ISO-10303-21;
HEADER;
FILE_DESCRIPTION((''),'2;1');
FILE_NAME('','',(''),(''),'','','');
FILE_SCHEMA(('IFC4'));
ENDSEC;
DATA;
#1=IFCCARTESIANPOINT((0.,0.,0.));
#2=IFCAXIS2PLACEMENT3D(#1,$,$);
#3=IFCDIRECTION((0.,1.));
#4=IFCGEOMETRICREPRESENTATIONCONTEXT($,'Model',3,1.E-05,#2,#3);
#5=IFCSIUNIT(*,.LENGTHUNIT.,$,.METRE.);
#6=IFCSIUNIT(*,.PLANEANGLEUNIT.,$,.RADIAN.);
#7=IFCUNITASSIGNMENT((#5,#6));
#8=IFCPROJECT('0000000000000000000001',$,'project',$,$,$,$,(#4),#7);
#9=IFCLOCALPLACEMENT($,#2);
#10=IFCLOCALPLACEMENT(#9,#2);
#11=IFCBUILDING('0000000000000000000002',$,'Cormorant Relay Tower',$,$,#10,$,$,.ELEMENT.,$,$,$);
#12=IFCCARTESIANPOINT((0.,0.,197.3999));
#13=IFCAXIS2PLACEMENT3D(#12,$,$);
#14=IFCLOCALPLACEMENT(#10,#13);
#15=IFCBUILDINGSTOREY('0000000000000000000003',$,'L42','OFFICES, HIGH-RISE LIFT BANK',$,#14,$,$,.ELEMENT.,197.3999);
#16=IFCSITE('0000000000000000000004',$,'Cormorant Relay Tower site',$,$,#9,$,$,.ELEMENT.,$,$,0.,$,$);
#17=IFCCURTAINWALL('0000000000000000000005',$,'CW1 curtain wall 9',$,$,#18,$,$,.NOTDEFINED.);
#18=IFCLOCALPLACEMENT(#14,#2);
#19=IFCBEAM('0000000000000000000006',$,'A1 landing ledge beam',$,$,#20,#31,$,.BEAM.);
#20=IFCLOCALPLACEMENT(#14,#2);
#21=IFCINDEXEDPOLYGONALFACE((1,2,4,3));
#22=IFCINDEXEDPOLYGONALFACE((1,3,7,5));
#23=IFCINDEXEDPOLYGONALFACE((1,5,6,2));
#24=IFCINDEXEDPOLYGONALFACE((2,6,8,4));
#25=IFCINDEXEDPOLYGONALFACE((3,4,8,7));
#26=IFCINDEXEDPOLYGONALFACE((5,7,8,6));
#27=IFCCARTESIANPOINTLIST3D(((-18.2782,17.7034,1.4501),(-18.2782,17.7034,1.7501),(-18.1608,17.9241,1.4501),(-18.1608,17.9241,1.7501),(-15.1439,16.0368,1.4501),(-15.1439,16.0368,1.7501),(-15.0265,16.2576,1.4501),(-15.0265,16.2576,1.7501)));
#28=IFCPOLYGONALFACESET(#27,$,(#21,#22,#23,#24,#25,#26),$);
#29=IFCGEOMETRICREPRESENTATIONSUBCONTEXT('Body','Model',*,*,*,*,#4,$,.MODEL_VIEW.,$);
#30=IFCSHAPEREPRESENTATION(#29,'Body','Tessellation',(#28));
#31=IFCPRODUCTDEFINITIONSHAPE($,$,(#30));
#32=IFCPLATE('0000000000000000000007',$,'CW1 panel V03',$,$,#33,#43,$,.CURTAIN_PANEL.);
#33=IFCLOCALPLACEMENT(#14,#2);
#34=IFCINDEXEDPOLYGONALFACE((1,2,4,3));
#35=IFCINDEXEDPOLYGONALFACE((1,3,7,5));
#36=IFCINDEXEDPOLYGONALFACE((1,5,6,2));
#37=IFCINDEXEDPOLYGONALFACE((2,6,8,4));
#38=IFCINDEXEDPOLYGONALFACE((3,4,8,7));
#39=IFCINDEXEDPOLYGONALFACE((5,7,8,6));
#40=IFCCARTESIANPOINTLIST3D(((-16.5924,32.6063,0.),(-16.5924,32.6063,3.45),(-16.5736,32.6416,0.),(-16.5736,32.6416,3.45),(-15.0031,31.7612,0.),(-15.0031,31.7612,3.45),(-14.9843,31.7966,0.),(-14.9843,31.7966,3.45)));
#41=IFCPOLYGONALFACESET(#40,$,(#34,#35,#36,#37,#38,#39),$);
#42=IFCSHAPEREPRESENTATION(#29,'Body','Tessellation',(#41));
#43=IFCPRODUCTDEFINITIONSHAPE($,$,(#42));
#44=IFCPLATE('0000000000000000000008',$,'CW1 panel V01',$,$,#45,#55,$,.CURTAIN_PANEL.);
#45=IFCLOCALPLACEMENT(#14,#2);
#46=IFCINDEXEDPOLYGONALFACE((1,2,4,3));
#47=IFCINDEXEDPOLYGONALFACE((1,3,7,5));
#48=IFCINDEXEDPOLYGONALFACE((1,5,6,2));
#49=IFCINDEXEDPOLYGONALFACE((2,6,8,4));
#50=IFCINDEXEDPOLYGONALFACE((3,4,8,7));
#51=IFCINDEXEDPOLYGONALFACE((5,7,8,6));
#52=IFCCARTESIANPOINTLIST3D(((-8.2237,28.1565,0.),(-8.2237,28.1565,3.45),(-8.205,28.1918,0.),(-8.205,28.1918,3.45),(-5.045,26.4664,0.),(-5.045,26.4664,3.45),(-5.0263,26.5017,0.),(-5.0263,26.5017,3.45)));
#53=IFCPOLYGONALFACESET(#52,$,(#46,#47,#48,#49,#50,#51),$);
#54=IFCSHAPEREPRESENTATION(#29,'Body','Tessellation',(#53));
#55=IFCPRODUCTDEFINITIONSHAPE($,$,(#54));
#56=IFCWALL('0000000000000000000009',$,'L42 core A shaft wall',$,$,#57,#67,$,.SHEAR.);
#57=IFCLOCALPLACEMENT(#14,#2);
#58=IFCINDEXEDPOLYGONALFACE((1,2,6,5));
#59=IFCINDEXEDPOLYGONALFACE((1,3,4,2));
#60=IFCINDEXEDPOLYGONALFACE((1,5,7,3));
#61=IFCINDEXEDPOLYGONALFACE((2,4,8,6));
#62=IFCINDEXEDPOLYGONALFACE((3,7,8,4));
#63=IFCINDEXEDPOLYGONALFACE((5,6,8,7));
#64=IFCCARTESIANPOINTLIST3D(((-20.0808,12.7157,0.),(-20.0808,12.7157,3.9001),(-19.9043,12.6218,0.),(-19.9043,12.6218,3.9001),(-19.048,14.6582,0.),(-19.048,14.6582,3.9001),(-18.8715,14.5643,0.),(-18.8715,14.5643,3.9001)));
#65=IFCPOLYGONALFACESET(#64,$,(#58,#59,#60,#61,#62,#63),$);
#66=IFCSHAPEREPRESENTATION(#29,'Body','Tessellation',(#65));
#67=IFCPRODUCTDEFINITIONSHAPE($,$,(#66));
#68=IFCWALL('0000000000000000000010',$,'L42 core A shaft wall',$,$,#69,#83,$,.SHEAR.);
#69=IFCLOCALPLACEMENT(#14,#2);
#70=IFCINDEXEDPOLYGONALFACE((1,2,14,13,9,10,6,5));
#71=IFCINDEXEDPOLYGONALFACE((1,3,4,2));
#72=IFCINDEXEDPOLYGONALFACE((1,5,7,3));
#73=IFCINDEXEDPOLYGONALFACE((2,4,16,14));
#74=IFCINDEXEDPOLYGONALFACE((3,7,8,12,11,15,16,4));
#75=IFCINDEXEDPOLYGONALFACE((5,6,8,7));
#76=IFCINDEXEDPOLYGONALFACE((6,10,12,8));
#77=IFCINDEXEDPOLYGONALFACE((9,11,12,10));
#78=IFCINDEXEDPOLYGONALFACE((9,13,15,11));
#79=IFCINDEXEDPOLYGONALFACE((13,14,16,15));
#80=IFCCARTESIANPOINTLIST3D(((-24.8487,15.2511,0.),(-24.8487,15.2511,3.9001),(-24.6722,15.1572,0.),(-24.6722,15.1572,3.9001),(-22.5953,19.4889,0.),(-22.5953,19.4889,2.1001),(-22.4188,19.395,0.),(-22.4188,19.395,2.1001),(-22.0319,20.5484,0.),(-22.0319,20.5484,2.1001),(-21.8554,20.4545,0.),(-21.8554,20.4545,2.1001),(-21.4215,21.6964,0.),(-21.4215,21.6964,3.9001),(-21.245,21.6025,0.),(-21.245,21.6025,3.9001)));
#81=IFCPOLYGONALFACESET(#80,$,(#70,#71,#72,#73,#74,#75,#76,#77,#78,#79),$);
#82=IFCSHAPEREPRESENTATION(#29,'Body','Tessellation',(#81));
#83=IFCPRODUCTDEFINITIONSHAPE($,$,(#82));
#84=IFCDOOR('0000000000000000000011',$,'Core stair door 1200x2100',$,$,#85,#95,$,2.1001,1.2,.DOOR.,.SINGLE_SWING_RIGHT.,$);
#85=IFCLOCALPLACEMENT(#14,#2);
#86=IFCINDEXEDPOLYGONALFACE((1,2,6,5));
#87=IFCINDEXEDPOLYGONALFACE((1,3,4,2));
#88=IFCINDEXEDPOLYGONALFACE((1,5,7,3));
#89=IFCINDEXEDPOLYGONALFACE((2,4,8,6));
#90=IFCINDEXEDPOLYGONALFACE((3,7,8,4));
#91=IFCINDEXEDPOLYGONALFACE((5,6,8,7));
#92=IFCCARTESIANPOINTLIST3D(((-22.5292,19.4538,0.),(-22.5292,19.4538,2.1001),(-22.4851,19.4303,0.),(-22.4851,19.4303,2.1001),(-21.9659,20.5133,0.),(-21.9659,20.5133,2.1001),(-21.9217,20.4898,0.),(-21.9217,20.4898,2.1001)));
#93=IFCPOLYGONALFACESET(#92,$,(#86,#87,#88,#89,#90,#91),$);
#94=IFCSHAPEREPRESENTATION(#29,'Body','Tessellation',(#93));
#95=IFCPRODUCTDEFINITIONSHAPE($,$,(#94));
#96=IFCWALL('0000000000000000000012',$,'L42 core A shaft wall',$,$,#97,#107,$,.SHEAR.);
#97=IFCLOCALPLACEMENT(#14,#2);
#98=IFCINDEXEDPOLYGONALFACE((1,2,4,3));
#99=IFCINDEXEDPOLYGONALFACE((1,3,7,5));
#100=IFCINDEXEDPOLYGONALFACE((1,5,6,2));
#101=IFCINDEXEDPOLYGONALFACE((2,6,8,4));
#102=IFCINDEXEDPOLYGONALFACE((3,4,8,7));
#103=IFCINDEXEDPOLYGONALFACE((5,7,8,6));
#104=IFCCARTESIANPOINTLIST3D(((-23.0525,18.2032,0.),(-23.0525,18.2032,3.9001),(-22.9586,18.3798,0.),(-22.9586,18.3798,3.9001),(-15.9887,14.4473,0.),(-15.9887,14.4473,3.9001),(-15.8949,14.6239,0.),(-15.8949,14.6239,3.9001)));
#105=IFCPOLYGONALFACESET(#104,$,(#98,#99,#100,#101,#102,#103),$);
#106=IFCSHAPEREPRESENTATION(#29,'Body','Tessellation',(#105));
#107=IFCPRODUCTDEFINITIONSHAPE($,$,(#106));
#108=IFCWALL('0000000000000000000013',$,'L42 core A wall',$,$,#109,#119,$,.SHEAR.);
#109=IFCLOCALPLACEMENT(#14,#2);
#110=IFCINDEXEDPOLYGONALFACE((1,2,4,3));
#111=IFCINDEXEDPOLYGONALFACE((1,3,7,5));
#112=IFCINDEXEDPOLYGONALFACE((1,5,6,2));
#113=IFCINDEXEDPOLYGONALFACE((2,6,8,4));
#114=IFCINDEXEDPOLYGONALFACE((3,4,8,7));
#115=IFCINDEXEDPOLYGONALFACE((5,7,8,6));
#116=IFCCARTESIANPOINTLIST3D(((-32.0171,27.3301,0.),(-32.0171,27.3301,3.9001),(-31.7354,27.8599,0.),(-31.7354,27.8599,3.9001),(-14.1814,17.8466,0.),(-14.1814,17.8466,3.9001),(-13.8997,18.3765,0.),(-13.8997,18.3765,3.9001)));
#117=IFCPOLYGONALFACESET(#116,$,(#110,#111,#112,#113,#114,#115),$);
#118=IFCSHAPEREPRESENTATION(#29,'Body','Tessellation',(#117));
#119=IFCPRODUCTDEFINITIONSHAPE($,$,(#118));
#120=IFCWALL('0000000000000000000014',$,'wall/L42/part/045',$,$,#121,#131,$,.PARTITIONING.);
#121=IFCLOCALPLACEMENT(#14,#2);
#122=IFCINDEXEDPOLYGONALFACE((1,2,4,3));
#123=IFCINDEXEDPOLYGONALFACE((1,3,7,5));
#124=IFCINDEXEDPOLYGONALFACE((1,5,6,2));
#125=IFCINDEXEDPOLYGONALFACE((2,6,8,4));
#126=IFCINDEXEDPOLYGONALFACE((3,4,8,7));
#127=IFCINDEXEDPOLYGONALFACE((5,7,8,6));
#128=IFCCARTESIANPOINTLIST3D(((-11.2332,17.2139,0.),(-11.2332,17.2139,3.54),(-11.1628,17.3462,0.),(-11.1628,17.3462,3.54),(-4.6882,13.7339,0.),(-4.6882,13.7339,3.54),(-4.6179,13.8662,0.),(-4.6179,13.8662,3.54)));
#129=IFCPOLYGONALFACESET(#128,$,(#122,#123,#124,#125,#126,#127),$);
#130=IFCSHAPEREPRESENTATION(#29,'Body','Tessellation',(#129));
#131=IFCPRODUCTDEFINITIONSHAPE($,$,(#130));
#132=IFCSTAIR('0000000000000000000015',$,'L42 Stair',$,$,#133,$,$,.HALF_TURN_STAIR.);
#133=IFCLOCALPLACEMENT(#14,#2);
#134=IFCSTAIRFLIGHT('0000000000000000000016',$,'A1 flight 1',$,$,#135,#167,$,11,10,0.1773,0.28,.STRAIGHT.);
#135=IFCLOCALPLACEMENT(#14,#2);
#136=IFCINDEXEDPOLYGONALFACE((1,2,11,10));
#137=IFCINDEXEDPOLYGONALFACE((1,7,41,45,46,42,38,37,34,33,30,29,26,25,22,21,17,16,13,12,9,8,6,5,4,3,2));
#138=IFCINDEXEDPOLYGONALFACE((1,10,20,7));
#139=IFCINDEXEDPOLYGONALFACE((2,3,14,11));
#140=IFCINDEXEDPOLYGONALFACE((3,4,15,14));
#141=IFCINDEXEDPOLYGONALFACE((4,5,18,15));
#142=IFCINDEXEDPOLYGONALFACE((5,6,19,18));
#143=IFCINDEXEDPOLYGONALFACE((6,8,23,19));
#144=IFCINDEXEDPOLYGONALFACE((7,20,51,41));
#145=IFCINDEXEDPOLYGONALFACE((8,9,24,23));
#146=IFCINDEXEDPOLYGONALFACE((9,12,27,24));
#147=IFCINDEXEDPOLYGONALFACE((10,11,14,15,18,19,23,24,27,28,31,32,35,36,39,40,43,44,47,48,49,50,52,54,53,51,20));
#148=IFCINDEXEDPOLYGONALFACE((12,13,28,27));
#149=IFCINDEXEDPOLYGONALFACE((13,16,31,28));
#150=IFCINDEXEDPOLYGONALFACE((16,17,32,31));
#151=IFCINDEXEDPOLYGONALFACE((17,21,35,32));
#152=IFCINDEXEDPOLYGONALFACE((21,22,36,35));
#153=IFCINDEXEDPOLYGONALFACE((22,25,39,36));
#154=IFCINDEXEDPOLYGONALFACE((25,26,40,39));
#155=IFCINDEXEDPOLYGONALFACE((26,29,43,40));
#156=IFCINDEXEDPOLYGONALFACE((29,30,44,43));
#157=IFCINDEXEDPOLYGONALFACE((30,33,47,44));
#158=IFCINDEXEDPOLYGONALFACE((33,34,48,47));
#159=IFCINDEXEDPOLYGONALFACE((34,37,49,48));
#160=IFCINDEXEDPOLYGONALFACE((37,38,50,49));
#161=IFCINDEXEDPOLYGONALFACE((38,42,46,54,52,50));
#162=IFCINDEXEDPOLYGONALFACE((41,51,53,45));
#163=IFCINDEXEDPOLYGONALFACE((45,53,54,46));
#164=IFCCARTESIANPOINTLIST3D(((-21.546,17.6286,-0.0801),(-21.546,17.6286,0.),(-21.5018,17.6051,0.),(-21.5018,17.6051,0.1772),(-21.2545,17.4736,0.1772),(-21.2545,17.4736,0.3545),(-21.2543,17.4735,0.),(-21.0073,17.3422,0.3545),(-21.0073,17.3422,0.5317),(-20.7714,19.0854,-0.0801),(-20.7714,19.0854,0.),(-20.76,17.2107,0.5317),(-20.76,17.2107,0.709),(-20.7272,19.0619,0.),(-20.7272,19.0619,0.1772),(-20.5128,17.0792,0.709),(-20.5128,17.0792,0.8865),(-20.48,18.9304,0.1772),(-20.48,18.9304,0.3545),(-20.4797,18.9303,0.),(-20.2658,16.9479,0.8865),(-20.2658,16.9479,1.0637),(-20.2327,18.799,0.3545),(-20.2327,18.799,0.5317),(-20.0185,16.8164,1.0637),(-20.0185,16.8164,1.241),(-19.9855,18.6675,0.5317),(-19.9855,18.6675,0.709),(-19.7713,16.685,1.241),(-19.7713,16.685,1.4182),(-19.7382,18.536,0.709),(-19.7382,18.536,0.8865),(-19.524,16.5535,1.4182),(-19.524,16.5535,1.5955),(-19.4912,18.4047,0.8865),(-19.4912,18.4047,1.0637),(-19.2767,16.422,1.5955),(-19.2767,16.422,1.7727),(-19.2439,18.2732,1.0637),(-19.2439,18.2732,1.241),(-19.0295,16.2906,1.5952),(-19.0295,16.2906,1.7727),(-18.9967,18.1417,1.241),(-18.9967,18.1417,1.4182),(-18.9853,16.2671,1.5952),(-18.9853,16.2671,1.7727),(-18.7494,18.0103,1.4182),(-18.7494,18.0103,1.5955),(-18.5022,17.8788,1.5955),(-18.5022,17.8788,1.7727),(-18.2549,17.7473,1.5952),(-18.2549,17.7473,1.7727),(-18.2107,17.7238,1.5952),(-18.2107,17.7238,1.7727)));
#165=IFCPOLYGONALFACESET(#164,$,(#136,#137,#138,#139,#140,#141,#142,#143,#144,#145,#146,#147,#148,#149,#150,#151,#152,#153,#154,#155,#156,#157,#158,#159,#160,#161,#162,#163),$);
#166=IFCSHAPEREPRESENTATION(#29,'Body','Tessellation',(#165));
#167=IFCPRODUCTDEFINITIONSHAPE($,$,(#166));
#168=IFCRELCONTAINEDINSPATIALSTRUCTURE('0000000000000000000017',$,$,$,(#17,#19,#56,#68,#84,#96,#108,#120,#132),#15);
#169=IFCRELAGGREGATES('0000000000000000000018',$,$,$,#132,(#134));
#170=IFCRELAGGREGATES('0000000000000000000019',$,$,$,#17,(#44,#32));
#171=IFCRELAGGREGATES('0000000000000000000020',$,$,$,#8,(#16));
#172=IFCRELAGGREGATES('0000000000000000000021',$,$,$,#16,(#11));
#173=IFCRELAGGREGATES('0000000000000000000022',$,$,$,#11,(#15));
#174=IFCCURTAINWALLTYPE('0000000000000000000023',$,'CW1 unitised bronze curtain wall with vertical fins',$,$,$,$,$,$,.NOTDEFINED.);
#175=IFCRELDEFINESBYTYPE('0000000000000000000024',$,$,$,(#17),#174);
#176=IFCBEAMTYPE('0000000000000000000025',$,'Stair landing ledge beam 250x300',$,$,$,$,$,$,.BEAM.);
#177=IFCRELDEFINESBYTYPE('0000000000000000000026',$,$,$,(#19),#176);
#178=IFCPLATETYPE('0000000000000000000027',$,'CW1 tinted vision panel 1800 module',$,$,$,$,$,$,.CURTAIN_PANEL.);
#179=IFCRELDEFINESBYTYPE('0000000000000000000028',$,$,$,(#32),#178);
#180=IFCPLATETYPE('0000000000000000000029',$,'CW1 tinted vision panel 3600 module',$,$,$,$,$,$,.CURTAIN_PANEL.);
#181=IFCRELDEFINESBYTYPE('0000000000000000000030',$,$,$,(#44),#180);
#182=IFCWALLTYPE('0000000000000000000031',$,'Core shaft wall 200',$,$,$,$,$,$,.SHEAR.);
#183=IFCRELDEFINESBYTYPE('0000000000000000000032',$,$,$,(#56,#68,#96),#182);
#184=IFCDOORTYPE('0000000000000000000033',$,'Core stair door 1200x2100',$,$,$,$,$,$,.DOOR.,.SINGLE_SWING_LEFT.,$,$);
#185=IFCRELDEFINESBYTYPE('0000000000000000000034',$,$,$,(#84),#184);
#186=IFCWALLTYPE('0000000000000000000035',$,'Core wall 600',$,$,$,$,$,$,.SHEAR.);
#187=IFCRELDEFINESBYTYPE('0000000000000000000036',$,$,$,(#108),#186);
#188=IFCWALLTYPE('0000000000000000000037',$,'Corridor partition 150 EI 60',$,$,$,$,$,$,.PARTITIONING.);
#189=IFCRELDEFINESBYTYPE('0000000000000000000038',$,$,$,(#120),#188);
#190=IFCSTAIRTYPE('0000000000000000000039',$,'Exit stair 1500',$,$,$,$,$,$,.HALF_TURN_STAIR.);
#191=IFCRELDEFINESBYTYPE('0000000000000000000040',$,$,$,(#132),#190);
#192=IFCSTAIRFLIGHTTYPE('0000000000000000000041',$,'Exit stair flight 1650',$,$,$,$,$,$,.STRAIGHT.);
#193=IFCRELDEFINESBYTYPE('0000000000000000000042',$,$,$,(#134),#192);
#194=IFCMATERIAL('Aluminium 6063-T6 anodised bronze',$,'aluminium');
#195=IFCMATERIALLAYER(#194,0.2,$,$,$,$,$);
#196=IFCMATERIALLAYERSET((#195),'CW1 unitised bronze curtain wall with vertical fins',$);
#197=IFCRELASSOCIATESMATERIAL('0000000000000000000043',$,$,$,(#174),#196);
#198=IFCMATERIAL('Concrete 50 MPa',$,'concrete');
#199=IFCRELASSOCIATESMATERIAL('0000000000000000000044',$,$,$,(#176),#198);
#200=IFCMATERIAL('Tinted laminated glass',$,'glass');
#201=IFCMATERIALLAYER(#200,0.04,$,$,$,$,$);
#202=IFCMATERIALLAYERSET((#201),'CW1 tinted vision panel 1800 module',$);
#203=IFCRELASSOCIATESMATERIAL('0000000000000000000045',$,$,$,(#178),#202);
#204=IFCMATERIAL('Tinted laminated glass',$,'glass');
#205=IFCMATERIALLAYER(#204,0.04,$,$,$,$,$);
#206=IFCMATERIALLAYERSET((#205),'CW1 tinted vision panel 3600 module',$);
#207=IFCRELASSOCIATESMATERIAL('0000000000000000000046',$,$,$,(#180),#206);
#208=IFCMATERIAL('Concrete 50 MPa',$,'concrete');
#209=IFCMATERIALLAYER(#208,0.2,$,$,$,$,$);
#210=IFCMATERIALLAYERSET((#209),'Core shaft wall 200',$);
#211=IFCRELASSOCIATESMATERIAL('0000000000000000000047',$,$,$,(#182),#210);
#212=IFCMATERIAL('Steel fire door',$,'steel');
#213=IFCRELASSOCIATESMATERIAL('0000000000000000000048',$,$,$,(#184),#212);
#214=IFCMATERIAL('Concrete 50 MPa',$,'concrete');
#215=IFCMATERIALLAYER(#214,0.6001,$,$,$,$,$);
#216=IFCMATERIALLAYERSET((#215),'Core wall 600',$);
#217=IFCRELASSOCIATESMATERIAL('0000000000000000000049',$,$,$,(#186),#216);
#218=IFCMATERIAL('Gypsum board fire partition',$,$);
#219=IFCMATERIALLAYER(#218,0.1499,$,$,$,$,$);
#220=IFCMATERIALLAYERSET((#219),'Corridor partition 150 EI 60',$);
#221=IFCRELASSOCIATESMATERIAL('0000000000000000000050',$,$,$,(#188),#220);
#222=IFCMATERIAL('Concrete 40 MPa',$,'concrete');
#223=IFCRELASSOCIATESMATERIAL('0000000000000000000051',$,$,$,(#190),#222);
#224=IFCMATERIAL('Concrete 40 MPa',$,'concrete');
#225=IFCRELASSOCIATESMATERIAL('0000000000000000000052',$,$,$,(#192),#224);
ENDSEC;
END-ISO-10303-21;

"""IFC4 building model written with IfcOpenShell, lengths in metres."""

from ifc_helpers import new_model, si_unit, direction, frame, frame_2d, origin, origin_2d, place, context, subcontext, project, spatial, polyline, rectangle, outline, extrude, material, layer, layer_set, material_profile, profile_set, type_object, element, fill, aggregate, save


model = new_model("IFC4")

# Units and contexts
model_context = context("Model", 3, precision=1e-05, world=origin(), true_north=direction((0.0, 1.0)))
body_context = subcontext(model_context, "Body", "Model", "MODEL_VIEW")
ifc_project = project(units=[si_unit("LENGTHUNIT", "METRE"), si_unit("PLANEANGLEUNIT", "RADIAN")], contexts=[model_context])

# Site, building, storey
site_placement = place(None, origin())
site = spatial("IfcSite", under=ifc_project, at=site_placement, Name="Cormorant Relay Tower site", CompositionType="ELEMENT", RefElevation=0.0)
building_placement = place(site_placement, origin())
building = spatial("IfcBuilding", under=site, at=building_placement, Name="Cormorant Relay Tower", CompositionType="ELEMENT")
storey_placement = place(building_placement, frame((0.0, 0.0, 197.3999)))
storey = spatial("IfcBuildingStorey", under=building, at=storey_placement, Name="L42", Description="OFFICES, HIGH-RISE LIFT BANK", CompositionType="ELEMENT", Elevation=197.3999)

# Curtain wall
ifc_material_1 = material(Name="Aluminium 6063-T6 anodised bronze", Category="aluminium")
ifc_layer_1 = layer(ifc_material_1, 0.2)
ifc_layer_set_1 = layer_set([ifc_layer_1], Name="CW1 unitised bronze curtain wall with vertical fins")
curtain_wall_type = type_object("IfcCurtainWallType", Name="CW1 unitised bronze curtain wall with vertical fins", PredefinedType="NOTDEFINED", material=ifc_layer_set_1)
curtain_wall_placement = place(storey_placement, origin())
curtain_wall = element("IfcCurtainWall", 1, at=curtain_wall_placement, inside=storey, type_object=curtain_wall_type, Name="CW1 curtain wall 9", PredefinedType="NOTDEFINED")

# Beam
ifc_material_2 = material(Name="Concrete 50 MPa", Category="concrete")
ifc_material_profile_1 = material_profile(ifc_material_2, rectangle(XDim=0.25, YDim=0.3, at=origin_2d()), Name="RC 250x300")
ifc_profile_set_1 = profile_set([ifc_material_profile_1], Name="Concrete 50 MPa")
beam_type_1 = type_object("IfcBeamType", Name="Stair landing ledge beam 250x300", PredefinedType="BEAM", material=ifc_profile_set_1)
beam_1_placement = place(storey_placement, frame((-18.2195, 17.8137, 1.6001), z_axis=(0.88295, -0.469467, 0.0), x_axis=(0.469467, 0.88295, 0.0)))
element("IfcBeam", 2, at=beam_1_placement, inside=storey, type_object=beam_type_1, Name="A1 landing ledge beam", PredefinedType="BEAM", context=body_context, shape_type="SweptSolid", body=[
    extrude(rectangle(XDim=0.25, YDim=0.3, at=origin_2d()), origin(), (0.0, 0.0, 1.0), 3.5498),
])

# Plates
ifc_material_3 = material(Name="Tinted laminated glass", Category="glass")
ifc_layer_2 = layer(ifc_material_3, 0.04)
ifc_layer_set_2 = layer_set([ifc_layer_2], Name="CW1 tinted vision panel 1800 module")
plate_type_1 = type_object("IfcPlateType", Name="CW1 tinted vision panel 1800 module", PredefinedType="CURTAIN_PANEL", material=ifc_layer_set_2)
plate_1_placement = place(storey_placement, frame((-15.7883, 32.2014, 0.0), z_axis=(0.0, 0.0, 1.0), x_axis=(-0.882948, 0.469472, 0.0)))
plate_1 = element("IfcPlate", 3, at=plate_1_placement, type_object=plate_type_1, Name="CW1 panel V03", PredefinedType="CURTAIN_PANEL", context=body_context, shape_type="SweptSolid", body=[
    extrude(rectangle(XDim=1.8, YDim=0.04, at=origin_2d()), origin(), (0.0, 0.0, 1.0), 3.45),
])
ifc_material_4 = material(Name="Tinted laminated glass", Category="glass")
ifc_layer_3 = layer(ifc_material_4, 0.04)
ifc_layer_set_3 = layer_set([ifc_layer_3], Name="CW1 tinted vision panel 3600 module")
plate_type_2 = type_object("IfcPlateType", Name="CW1 tinted vision panel 3600 module", PredefinedType="CURTAIN_PANEL", material=ifc_layer_set_3)
plate_2_placement = place(storey_placement, frame((-6.625, 27.3291, 0.0), z_axis=(0.0, 0.0, 1.0), x_axis=(-0.882948, 0.469472, 0.0)))
plate_2 = element("IfcPlate", 4, at=plate_2_placement, type_object=plate_type_2, Name="CW1 panel V01", PredefinedType="CURTAIN_PANEL", context=body_context, shape_type="SweptSolid", body=[
    extrude(rectangle(XDim=3.6001, YDim=0.04, at=origin_2d()), origin(), (0.0, 0.0, 1.0), 3.45),
])

# Wall
ifc_material_5 = material(Name="Concrete 50 MPa", Category="concrete")
ifc_layer_4 = layer(ifc_material_5, 0.2)
ifc_layer_set_4 = layer_set([ifc_layer_4], Name="Core shaft wall 200")
wall_type_1 = type_object("IfcWallType", Name="Core shaft wall 200", PredefinedType="SHEAR", material=ifc_layer_set_4)
wall_1_placement = place(storey_placement, frame((-18.9597, 14.6113, 0.0), z_axis=(0.0, 0.0, 1.0), x_axis=(-0.469447, -0.88296, 0.0)))
element("IfcWall", 5, at=wall_1_placement, inside=storey, type_object=wall_type_1, Name="L42 core A shaft wall", PredefinedType="SHEAR", context=body_context, shape_type="SweptSolid", body=[
    extrude(rectangle(XDim=2.2, YDim=0.2, at=frame_2d((1.1001, 0.0))), origin(), (0.0, 0.0, 1.0), 3.9001),
])

# Wall, opening, door
wall_2_placement = place(storey_placement, frame((-21.3333, 21.6494, 0.0), z_axis=(0.0, 0.0, 1.0), x_axis=(-0.469494, -0.882936, 0.0)))
wall_2 = element("IfcWall", 6, at=wall_2_placement, inside=storey, type_object=wall_type_1, Name="L42 core A shaft wall", PredefinedType="SHEAR", context=body_context, shape_type="SweptSolid", body=[
    extrude(rectangle(XDim=7.2998, YDim=0.2, at=frame_2d((3.6499, 0.0))), origin(), (0.0, 0.0, 1.0), 3.9001),
])
opening_1_placement = place(wall_2_placement, frame((1.3, 0.0, 0.0)))
opening_1 = element("IfcOpeningElement", 7, at=opening_1_placement, cuts=wall_2, PredefinedType="OPENING", context=body_context, shape_type="SweptSolid", body=[
    extrude(rectangle(XDim=1.2, YDim=2.1001, at=frame_2d((0.6001, 1.05))), frame((0.0, 0.1099, 0.0), z_axis=(0.0, -1.0, 0.0), x_axis=(1.0, 0.0, 0.0)), (0.0, 0.0, 1.0), 0.22),
])
ifc_material_6 = material(Name="Steel fire door", Category="steel")
door_type_1 = type_object("IfcDoorType", Name="Core stair door 1200x2100", OperationType="SINGLE_SWING_LEFT", PredefinedType="DOOR", material=ifc_material_6)
door_1_placement = place(opening_1_placement, origin())
door_1 = element("IfcDoor", 8, at=door_1_placement, inside=storey, type_object=door_type_1, Name="Core stair door 1200x2100", OperationType="SINGLE_SWING_RIGHT", OverallHeight=2.1001, OverallWidth=1.2, PredefinedType="DOOR", context=body_context, shape_type="SweptSolid", body=[
    extrude(rectangle(XDim=1.2, YDim=2.1001, at=frame_2d((0.6001, 1.05))), frame((0.0, 0.0249, 0.0), z_axis=(0.0, -1.0, 0.0), x_axis=(1.0, 0.0, 0.0)), (0.0, 0.0, 1.0), 0.05),
])
fill(opening_1, door_1)

# Wall
wall_3_placement = place(storey_placement, frame((-15.9419, 14.5356, 0.0), z_axis=(0.0, 0.0, 1.0), x_axis=(-0.882947, 0.469473, 0.0)))
element("IfcWall", 9, at=wall_3_placement, inside=storey, type_object=wall_type_1, Name="L42 core A shaft wall", PredefinedType="SHEAR", context=body_context, shape_type="SweptSolid", body=[
    extrude(rectangle(XDim=8.0002, YDim=0.2, at=frame_2d((4.0, 0.0))), origin(), (0.0, 0.0, 1.0), 3.9001),
])

# Shared definitions
ifc_material_7 = material(Name="Concrete 50 MPa", Category="concrete")
ifc_layer_5 = layer(ifc_material_7, 0.6001)
ifc_layer_set_5 = layer_set([ifc_layer_5], Name="Core wall 600")
wall_type_2 = type_object("IfcWallType", Name="Core wall 600", PredefinedType="SHEAR", material=ifc_layer_set_5)

# Walls
wall_4_placement = place(storey_placement, frame((-14.0405, 18.1116, 0.0), z_axis=(0.0, 0.0, 1.0), x_axis=(-0.882948, 0.469471, 0.0)))
element("IfcWall", 10, at=wall_4_placement, inside=storey, type_object=wall_type_2, Name="L42 core A wall", PredefinedType="SHEAR", context=body_context, shape_type="SweptSolid", body=[
    extrude(rectangle(XDim=20.2002, YDim=0.6001, at=frame_2d((10.1001, 0.0))), origin(), (0.0, 0.0, 1.0), 3.9001),
])
ifc_material_8 = material(Name="Gypsum board fire partition")
ifc_layer_6 = layer(ifc_material_8, 0.1499)
ifc_layer_set_6 = layer_set([ifc_layer_6], Name="Corridor partition 150 EI 60")
wall_type_3 = type_object("IfcWallType", Name="Corridor partition 150 EI 60", PredefinedType="PARTITIONING", material=ifc_layer_set_6)
wall_5_placement = place(storey_placement, frame((-11.198, 17.28, 0.0), z_axis=(0.0, 0.0, 1.0), x_axis=(0.882948, -0.46947, 0.0)))
element("IfcWall", 11, at=wall_5_placement, inside=storey, type_object=wall_type_3, Name="wall/L42/part/045", PredefinedType="PARTITIONING", context=body_context, shape_type="SweptSolid", body=[
    extrude(rectangle(XDim=7.4126, YDim=0.1499, at=frame_2d((3.7063, 0.0))), origin(), (0.0, 0.0, 1.0), 3.54),
])

# Stair, stair flight
ifc_material_9 = material(Name="Concrete 40 MPa", Category="concrete")
stair_type = type_object("IfcStairType", Name="Exit stair 1500", PredefinedType="HALF_TURN_STAIR", material=ifc_material_9)
stair_placement = place(storey_placement, origin())
stair = element("IfcStair", 12, at=stair_placement, inside=storey, type_object=stair_type, Name="L42 Stair", PredefinedType="HALF_TURN_STAIR")
ifc_material_10 = material(Name="Concrete 40 MPa", Category="concrete")
stair_flight_type = type_object("IfcStairFlightType", Name="Exit stair flight 1650", PredefinedType="STRAIGHT", material=ifc_material_10)
stair_flight_1_placement = place(storey_placement, frame((-21.1145, 18.3335, 0.0), z_axis=(0.0, 0.0, 1.0), x_axis=(0.882948, -0.469472, 0.0)))
stair_flight_1 = element("IfcStairFlight", 13, at=stair_flight_1_placement, type_object=stair_flight_type, Name="A1 flight 1", NumberOfRisers=11, NumberOfTreads=10, PredefinedType="STRAIGHT", RiserHeight=0.1773, TreadLength=0.28, context=body_context, shape_type="SweptSolid", body=[
    extrude(outline(polyline([(-0.05, -0.0801), (-0.05, 0.0), (0.0, 0.0), (0.0, 0.1772), (0.28, 0.1772), (0.28, 0.3545), (0.5601, 0.3545), (0.5601, 0.5317), (0.8401, 0.5317), (0.8401, 0.709), (1.1201, 0.709), (1.1201, 0.8865), (1.3999, 0.8865), (1.3999, 1.0637), (1.6799, 1.0637), (1.6799, 1.241), (1.96, 1.241), (1.96, 1.4182), (2.24, 1.4182), (2.24, 1.5955), (2.52, 1.5955), (2.52, 1.7727), (2.8, 1.7727), (2.8501, 1.7727), (2.8501, 1.5952), (2.8, 1.5952), (0.2803, 0.0), (-0.05, -0.0801)])), frame((0.0, 0.825, 0.0), z_axis=(0.0, -1.0, 0.0), x_axis=(1.0, 0.0, 0.0)), (0.0, 0.0, 1.0), 1.6499),
])
aggregate(stair, [stair_flight_1])

aggregate(curtain_wall, [plate_2, plate_1])

save(model, "model.ifc")
